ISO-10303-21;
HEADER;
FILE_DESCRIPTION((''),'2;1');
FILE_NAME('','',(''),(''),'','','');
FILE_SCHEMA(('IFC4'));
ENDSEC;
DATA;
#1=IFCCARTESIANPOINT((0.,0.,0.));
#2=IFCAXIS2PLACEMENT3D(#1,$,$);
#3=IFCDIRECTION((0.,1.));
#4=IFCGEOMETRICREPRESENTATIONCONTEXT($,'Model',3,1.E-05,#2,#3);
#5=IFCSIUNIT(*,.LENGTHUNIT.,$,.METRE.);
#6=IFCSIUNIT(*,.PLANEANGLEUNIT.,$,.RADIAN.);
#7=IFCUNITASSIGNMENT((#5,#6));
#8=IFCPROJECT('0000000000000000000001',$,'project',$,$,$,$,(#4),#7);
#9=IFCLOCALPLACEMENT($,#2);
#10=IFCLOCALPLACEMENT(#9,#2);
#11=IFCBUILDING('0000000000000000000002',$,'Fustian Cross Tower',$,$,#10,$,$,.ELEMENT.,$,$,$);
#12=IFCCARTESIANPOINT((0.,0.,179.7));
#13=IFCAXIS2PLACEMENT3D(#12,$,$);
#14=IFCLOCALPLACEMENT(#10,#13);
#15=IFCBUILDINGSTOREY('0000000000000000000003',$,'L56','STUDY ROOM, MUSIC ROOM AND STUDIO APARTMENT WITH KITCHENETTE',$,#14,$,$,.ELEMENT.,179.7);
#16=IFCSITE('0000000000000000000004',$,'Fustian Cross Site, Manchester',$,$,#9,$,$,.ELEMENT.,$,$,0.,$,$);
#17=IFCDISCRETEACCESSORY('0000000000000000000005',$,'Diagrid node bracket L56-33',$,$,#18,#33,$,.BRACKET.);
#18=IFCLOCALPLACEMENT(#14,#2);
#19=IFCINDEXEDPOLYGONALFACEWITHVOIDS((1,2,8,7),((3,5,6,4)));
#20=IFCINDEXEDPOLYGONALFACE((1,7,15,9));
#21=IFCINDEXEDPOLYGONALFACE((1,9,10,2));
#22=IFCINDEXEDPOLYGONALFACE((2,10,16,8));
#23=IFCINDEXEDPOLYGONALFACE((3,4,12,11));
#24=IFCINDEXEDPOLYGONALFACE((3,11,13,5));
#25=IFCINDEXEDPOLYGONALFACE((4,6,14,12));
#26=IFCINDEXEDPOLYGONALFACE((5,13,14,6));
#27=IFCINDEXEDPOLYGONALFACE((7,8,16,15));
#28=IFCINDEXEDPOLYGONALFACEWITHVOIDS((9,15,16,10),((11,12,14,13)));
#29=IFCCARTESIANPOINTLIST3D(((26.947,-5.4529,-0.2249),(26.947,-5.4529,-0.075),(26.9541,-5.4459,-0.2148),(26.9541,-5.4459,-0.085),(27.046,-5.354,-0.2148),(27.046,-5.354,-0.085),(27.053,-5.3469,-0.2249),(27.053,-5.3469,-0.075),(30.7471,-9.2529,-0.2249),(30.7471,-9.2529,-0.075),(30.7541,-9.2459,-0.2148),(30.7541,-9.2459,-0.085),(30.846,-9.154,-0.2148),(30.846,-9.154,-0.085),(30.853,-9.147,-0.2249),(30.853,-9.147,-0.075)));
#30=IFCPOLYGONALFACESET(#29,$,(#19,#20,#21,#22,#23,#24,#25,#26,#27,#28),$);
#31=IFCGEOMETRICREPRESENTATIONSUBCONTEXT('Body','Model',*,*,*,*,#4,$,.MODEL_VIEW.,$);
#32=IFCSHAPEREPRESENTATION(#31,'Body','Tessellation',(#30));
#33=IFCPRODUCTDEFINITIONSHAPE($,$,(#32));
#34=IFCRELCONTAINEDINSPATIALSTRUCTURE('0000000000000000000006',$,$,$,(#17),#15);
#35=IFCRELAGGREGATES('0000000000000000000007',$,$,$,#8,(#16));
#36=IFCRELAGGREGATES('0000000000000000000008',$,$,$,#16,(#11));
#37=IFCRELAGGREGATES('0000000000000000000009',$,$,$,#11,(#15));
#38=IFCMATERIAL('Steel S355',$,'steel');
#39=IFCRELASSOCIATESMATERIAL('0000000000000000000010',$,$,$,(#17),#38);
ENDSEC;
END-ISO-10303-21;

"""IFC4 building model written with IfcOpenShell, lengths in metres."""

from ifc_helpers import new_model, si_unit, direction, frame, origin, origin_2d, place, context, subcontext, project, spatial, hollow_rectangle, extrude, material, element, save


model = new_model("IFC4")

# Units and contexts
model_context = context("Model", 3, precision=1e-05, world=origin(), true_north=direction((0.0, 1.0)))
body_context = subcontext(model_context, "Body", "Model", "MODEL_VIEW")
ifc_project = project(units=[si_unit("LENGTHUNIT", "METRE"), si_unit("PLANEANGLEUNIT", "RADIAN")], contexts=[model_context])

# Site, building, storey
site_placement = place(None, origin())
site = spatial("IfcSite", under=ifc_project, at=site_placement, Name="Fustian Cross Site, Manchester", CompositionType="ELEMENT", RefElevation=0.0)
building_placement = place(site_placement, origin())
building = spatial("IfcBuilding", under=site, at=building_placement, Name="Fustian Cross Tower", CompositionType="ELEMENT")
storey_placement = place(building_placement, frame((0.0, 0.0, 179.7)))
storey = spatial("IfcBuildingStorey", under=building, at=storey_placement, Name="L56", Description="STUDY ROOM, MUSIC ROOM AND STUDIO APARTMENT WITH KITCHENETTE", CompositionType="ELEMENT", Elevation=179.7)

# Discrete accessory
ifc_material_1 = material(Name="Steel S355", Category="steel")
discrete_accessory_1_placement = place(storey_placement, frame((30.8, -9.2, -0.1499), z_axis=(-0.707107, 0.707107, 0.0), x_axis=(-0.707107, -0.707107, 0.0)))
element("IfcDiscreteAccessory", 1, at=discrete_accessory_1_placement, inside=storey, material=ifc_material_1, Name="Diagrid node bracket L56-33", PredefinedType="BRACKET", context=body_context, shape_type="SweptSolid", body=[
    extrude(hollow_rectangle(XDim=0.1499, YDim=0.1499, WallThickness=0.01, at=origin_2d()), origin(), (0.0, 0.0, 1.0), 5.374),
])

save(model, "model.ifc")
